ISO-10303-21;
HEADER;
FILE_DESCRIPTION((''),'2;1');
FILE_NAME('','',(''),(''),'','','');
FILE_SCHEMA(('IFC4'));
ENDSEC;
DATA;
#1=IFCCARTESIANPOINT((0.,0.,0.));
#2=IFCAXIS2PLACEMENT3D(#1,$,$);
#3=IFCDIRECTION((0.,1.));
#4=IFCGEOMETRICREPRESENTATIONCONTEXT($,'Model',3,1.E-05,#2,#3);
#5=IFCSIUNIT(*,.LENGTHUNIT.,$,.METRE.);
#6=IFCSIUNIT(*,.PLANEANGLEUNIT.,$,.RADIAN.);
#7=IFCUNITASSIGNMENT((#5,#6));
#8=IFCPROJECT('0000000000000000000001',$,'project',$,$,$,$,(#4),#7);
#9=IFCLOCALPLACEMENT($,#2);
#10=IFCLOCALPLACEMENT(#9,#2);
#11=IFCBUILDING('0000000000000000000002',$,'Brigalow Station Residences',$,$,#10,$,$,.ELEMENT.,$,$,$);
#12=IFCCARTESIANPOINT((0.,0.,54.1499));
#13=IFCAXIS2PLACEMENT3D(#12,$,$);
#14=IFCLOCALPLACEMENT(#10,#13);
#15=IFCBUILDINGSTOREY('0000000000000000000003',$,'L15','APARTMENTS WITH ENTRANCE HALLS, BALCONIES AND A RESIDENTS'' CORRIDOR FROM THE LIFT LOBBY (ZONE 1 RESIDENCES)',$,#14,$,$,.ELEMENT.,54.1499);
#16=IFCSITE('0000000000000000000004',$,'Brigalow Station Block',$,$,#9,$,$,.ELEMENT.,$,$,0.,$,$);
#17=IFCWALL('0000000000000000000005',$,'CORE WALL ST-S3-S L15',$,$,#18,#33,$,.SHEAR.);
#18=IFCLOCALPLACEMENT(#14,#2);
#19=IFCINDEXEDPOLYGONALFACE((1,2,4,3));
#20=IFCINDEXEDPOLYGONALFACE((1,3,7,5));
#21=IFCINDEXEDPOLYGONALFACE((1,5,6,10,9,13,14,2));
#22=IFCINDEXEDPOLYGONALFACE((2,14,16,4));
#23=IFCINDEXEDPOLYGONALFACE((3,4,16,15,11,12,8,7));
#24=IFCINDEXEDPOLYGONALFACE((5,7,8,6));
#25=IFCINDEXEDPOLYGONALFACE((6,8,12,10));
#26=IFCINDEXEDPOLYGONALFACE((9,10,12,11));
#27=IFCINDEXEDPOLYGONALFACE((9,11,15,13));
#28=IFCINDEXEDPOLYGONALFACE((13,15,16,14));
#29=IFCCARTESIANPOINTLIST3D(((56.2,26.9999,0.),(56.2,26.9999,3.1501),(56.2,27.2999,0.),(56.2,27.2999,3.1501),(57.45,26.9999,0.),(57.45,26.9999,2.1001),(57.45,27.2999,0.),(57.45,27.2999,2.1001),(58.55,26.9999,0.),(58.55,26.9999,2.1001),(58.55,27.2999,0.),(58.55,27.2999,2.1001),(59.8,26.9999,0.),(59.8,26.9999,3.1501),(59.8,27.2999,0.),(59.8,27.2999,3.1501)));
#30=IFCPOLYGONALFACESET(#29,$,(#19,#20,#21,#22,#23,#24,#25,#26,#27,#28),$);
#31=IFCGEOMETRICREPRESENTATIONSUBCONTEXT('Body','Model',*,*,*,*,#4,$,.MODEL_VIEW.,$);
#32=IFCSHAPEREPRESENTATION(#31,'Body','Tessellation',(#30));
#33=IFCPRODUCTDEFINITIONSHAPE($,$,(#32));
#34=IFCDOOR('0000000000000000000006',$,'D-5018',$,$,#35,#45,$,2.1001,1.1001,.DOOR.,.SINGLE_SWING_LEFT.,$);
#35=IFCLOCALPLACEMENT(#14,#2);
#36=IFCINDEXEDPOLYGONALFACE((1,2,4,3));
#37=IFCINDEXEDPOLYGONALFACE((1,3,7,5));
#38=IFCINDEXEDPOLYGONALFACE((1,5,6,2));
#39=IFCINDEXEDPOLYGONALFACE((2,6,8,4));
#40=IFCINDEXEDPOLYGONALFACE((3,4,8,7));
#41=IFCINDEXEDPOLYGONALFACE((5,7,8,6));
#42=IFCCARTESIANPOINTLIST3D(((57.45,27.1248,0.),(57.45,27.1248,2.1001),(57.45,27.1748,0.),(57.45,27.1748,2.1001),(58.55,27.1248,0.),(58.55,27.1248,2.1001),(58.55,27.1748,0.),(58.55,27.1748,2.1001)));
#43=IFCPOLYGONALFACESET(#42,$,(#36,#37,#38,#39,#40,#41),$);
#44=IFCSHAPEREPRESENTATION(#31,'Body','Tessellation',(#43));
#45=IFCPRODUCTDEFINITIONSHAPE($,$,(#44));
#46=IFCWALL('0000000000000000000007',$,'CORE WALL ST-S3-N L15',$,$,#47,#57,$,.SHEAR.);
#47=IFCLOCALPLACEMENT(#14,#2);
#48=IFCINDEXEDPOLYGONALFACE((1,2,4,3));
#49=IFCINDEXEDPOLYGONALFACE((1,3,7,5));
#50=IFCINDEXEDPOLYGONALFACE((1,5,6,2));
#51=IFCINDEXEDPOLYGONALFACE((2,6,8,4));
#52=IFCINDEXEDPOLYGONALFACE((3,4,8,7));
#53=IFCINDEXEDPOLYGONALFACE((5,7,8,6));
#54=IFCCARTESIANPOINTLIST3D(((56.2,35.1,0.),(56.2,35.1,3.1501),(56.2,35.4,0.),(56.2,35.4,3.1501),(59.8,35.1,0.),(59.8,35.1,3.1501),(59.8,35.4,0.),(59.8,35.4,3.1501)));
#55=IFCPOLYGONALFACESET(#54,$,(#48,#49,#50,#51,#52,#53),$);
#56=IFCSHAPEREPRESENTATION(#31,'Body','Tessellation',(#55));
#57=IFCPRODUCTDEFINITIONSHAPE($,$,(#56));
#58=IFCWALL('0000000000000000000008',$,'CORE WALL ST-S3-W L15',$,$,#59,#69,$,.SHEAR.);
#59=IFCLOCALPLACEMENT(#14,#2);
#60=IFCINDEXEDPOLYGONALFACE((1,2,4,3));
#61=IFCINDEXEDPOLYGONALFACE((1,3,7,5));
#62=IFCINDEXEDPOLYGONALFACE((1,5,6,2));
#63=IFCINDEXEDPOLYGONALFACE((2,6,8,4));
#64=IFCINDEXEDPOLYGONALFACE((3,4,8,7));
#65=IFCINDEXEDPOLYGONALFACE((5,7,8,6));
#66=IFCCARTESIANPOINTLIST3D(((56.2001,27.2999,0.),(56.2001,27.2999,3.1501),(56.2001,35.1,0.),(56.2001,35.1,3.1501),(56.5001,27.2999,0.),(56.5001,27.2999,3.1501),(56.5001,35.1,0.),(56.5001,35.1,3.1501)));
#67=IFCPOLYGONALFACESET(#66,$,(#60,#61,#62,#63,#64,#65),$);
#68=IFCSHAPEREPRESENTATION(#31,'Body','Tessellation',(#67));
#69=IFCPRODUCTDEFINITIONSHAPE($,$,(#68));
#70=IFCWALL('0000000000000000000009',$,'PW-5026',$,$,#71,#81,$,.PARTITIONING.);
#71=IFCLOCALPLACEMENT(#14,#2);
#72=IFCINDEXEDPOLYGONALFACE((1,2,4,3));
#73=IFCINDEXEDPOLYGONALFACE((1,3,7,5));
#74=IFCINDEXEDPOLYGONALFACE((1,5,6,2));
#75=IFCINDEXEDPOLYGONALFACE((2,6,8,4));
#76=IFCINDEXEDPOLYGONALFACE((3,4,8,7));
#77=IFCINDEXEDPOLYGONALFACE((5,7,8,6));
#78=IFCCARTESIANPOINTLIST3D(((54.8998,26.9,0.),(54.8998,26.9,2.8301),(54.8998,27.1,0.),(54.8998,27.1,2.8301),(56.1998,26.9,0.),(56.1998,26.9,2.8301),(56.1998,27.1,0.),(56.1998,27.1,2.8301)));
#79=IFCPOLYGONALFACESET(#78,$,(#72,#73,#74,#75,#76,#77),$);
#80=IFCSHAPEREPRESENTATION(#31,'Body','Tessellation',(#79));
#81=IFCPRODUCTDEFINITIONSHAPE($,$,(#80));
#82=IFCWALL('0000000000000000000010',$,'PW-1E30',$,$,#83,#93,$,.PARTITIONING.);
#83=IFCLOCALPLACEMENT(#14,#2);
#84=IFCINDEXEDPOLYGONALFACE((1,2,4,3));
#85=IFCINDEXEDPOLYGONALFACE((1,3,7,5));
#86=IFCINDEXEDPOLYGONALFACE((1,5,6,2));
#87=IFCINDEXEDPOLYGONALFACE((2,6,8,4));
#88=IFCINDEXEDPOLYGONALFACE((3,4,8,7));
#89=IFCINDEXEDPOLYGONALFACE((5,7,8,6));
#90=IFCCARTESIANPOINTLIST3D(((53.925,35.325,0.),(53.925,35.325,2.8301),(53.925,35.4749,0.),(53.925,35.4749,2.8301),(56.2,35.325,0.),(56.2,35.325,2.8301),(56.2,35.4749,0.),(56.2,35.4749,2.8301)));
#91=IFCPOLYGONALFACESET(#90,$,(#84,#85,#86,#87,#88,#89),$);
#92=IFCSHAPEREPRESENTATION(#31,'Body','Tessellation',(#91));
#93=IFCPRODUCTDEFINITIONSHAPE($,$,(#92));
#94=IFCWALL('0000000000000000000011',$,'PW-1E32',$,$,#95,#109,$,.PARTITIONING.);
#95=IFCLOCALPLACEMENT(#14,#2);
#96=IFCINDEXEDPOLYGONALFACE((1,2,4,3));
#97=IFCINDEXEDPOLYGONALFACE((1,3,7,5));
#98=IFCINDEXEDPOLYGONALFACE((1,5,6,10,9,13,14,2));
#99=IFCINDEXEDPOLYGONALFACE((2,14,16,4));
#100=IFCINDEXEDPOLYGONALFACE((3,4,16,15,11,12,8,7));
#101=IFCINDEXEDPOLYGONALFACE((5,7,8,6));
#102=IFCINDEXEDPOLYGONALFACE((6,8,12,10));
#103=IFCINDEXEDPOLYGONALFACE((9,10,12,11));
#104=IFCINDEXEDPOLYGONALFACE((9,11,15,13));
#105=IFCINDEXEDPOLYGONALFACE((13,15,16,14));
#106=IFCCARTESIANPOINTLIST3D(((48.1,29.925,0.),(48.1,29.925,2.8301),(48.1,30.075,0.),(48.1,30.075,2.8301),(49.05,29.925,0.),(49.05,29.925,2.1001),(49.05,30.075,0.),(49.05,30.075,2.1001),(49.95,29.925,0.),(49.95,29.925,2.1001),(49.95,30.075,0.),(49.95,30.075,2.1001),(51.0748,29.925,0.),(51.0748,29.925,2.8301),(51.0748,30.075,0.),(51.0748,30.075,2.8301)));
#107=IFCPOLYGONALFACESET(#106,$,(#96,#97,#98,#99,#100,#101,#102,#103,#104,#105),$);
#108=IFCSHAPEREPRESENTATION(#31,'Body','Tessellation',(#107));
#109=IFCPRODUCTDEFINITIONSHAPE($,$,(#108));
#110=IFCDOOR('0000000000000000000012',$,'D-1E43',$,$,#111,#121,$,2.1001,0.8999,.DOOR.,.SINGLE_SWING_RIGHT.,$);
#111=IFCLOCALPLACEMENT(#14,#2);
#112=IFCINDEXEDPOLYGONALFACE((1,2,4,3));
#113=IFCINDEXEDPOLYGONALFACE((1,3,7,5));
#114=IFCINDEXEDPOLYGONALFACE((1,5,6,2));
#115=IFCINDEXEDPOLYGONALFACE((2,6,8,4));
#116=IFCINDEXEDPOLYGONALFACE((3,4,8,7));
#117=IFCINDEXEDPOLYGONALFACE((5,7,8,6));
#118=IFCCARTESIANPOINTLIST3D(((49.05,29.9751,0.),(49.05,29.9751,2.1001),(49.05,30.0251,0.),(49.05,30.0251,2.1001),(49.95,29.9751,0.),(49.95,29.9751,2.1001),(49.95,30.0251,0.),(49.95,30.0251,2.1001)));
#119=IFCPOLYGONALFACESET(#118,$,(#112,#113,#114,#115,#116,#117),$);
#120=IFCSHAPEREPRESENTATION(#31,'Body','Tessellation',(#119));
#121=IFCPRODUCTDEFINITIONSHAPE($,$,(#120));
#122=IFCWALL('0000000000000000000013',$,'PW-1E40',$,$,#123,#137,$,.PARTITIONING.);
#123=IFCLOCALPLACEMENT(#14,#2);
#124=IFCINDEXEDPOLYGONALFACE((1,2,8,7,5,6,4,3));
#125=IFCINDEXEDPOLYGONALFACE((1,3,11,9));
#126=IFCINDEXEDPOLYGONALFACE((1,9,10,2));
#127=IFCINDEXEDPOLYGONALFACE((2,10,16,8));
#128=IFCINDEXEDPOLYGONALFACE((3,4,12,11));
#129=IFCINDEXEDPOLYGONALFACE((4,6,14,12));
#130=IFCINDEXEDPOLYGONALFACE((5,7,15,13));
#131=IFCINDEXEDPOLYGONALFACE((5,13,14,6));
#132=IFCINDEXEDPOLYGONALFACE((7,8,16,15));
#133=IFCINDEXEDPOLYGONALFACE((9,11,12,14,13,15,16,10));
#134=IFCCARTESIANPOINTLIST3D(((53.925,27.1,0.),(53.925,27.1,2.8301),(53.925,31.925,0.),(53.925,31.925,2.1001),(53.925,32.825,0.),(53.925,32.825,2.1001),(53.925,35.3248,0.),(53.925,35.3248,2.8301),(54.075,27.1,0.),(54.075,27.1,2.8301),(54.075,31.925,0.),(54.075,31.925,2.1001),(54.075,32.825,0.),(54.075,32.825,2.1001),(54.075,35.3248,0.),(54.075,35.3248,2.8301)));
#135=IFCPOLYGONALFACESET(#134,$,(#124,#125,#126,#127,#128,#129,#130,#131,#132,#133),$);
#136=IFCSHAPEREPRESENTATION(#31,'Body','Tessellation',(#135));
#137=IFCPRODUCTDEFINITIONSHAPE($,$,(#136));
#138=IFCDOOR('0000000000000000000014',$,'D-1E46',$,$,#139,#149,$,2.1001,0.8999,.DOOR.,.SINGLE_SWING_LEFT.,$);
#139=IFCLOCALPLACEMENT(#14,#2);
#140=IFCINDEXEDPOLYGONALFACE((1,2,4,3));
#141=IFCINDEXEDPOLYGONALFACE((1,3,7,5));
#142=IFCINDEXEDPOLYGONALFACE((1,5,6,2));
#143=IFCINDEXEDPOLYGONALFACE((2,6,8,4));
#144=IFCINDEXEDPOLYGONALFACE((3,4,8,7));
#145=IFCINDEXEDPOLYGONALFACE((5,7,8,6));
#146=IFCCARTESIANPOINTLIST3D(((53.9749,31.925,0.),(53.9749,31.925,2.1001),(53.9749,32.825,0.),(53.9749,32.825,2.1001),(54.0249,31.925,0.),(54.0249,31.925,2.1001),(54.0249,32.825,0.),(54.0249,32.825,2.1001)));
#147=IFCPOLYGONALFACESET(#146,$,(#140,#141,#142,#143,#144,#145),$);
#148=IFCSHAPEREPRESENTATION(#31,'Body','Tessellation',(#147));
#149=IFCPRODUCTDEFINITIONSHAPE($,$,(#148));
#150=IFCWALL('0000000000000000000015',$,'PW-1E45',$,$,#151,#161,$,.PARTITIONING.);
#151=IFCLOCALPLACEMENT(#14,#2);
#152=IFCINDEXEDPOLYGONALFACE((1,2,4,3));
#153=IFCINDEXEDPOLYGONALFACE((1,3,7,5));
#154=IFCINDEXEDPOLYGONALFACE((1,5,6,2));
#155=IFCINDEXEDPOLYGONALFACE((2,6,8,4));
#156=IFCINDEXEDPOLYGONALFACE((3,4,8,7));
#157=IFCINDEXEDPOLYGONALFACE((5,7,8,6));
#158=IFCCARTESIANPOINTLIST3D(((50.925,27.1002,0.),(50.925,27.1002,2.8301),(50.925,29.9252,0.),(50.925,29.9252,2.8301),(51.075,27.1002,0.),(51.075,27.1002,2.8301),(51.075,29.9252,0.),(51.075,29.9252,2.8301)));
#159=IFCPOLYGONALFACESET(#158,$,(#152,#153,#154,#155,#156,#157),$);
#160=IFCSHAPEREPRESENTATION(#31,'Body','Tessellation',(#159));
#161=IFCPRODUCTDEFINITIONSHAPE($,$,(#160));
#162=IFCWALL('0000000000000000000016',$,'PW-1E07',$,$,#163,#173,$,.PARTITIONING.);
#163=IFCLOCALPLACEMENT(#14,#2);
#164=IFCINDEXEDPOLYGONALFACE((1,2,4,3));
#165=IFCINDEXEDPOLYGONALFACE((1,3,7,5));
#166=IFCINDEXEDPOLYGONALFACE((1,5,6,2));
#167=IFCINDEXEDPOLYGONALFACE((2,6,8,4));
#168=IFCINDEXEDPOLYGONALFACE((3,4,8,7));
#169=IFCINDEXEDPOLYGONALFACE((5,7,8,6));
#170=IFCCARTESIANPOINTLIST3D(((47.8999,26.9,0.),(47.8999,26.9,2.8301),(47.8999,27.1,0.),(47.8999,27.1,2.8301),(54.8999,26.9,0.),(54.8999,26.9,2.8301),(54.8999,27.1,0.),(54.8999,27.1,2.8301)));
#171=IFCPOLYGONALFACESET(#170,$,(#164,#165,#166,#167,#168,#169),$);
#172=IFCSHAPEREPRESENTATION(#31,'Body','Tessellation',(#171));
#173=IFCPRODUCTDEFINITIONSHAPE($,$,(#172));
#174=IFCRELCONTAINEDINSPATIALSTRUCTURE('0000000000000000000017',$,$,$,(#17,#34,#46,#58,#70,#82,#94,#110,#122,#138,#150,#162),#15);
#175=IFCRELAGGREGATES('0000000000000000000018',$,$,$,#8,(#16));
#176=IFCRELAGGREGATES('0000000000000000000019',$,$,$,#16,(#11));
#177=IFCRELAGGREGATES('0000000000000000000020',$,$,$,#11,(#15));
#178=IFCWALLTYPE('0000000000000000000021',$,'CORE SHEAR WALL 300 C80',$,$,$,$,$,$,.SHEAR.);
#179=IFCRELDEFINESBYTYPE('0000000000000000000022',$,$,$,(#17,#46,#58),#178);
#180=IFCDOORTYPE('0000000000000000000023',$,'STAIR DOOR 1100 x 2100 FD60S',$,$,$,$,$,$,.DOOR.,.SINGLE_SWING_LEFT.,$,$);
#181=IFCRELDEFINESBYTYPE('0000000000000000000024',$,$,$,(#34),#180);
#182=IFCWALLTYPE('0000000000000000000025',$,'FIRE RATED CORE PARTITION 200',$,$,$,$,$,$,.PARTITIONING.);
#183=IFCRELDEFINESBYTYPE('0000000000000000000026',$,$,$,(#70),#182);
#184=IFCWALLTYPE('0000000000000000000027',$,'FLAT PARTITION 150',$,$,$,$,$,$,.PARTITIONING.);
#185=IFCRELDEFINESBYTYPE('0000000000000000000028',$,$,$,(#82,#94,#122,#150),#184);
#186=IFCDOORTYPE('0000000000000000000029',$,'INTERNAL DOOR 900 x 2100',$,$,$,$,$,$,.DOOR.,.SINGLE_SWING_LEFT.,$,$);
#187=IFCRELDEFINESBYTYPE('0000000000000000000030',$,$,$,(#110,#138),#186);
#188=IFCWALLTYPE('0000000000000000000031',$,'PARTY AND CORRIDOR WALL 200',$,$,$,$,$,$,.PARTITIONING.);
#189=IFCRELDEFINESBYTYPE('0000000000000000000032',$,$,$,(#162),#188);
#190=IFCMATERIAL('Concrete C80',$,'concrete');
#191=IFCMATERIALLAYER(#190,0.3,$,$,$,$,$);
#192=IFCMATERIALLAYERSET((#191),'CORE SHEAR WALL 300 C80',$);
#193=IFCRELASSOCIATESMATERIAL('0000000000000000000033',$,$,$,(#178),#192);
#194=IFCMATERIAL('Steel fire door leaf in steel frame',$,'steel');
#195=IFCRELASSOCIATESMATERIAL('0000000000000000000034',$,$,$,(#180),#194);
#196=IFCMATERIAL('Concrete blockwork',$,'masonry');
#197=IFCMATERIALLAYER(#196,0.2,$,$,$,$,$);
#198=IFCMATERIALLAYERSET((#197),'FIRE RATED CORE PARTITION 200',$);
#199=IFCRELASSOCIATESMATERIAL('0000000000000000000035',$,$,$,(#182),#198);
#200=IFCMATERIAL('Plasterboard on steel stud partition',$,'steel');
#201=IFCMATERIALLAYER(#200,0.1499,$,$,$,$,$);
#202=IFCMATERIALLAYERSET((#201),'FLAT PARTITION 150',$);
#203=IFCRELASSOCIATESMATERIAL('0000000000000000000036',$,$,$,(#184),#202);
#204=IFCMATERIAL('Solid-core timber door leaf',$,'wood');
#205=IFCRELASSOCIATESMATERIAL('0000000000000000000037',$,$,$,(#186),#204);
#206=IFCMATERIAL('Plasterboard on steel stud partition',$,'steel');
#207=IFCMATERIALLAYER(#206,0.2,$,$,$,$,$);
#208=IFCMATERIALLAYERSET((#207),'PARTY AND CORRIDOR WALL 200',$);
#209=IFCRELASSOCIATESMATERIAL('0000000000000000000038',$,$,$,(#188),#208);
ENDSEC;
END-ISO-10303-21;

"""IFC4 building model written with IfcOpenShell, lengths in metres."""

from ifc_helpers import new_model, si_unit, direction, frame, frame_2d, origin, place, context, subcontext, project, spatial, rectangle, extrude, material, layer, layer_set, type_object, element, fill, save


model = new_model("IFC4")

# Units and contexts
model_context = context("Model", 3, precision=1e-05, world=origin(), true_north=direction((0.0, 1.0)))
body_context = subcontext(model_context, "Body", "Model", "MODEL_VIEW")
ifc_project = project(units=[si_unit("LENGTHUNIT", "METRE"), si_unit("PLANEANGLEUNIT", "RADIAN")], contexts=[model_context])

# Site, building, storey
site_placement = place(None, origin())
site = spatial("IfcSite", under=ifc_project, at=site_placement, Name="Brigalow Station Block", CompositionType="ELEMENT", RefElevation=0.0)
building_placement = place(site_placement, origin())
building = spatial("IfcBuilding", under=site, at=building_placement, Name="Brigalow Station Residences", CompositionType="ELEMENT")
storey_placement = place(building_placement, frame((0.0, 0.0, 54.1499)))
storey = spatial("IfcBuildingStorey", under=building, at=storey_placement, Name="L15", Description="APARTMENTS WITH ENTRANCE HALLS, BALCONIES AND A RESIDENTS' CORRIDOR FROM THE LIFT LOBBY (ZONE 1 RESIDENCES)", CompositionType="ELEMENT", Elevation=54.1499)

# Wall, opening, door
ifc_material_1 = material(Name="Concrete C80", Category="concrete")
ifc_layer_1 = layer(ifc_material_1, 0.3)
ifc_layer_set_1 = layer_set([ifc_layer_1], Name="CORE SHEAR WALL 300 C80")
wall_type_1 = type_object("IfcWallType", Name="CORE SHEAR WALL 300 C80", PredefinedType="SHEAR", material=ifc_layer_set_1)
wall_1_placement = place(storey_placement, frame((56.2, 27.1499, 0.0), z_axis=(0.0, 0.0, 1.0), x_axis=(1.0, 0.0, 0.0)))
wall_1 = element("IfcWall", 1, at=wall_1_placement, inside=storey, type_object=wall_type_1, Name="CORE WALL ST-S3-S L15", PredefinedType="SHEAR", context=body_context, shape_type="SweptSolid", body=[
    extrude(rectangle(XDim=3.6001, YDim=0.3, at=frame_2d((1.8, 0.0))), origin(), (0.0, 0.0, 1.0), 3.1501),
])
opening_1_placement = place(wall_1_placement, frame((1.25, 0.0, 0.0)))
opening_1 = element("IfcOpeningElement", 2, at=opening_1_placement, cuts=wall_1, PredefinedType="OPENING", context=body_context, shape_type="SweptSolid", body=[
    extrude(rectangle(XDim=1.1001, YDim=2.1001, at=frame_2d((0.55, 1.05))), frame((0.0, 0.1602, 0.0), z_axis=(0.0, -1.0, 0.0), x_axis=(1.0, 0.0, 0.0)), (0.0, 0.0, 1.0), 0.3201),
])
ifc_material_2 = material(Name="Steel fire door leaf in steel frame", Category="steel")
door_type_1 = type_object("IfcDoorType", Name="STAIR DOOR 1100 x 2100 FD60S", OperationType="SINGLE_SWING_LEFT", PredefinedType="DOOR", material=ifc_material_2)
door_1_placement = place(opening_1_placement, origin())
door_1 = element("IfcDoor", 3, at=door_1_placement, inside=storey, type_object=door_type_1, Name="D-5018", OperationType="SINGLE_SWING_LEFT", OverallHeight=2.1001, OverallWidth=1.1001, PredefinedType="DOOR", context=body_context, shape_type="SweptSolid", body=[
    extrude(rectangle(XDim=1.1001, YDim=2.1001, at=frame_2d((0.55, 1.05))), frame((0.0, 0.0249, 0.0), z_axis=(0.0, -1.0, 0.0), x_axis=(1.0, 0.0, 0.0)), (0.0, 0.0, 1.0), 0.05),
])
fill(opening_1, door_1)

# Walls
wall_2_placement = place(storey_placement, frame((56.2, 35.25, 0.0), z_axis=(0.0, 0.0, 1.0), x_axis=(1.0, 0.0, 0.0)))
element("IfcWall", 4, at=wall_2_placement, inside=storey, type_object=wall_type_1, Name="CORE WALL ST-S3-N L15", PredefinedType="SHEAR", context=body_context, shape_type="SweptSolid", body=[
    extrude(rectangle(XDim=3.6001, YDim=0.3, at=frame_2d((1.8, 0.0))), origin(), (0.0, 0.0, 1.0), 3.1501),
])
wall_3_placement = place(storey_placement, frame((56.3501, 27.3, 0.0), z_axis=(0.0, 0.0, 1.0), x_axis=(0.0, 1.0, 0.0)))
element("IfcWall", 5, at=wall_3_placement, inside=storey, type_object=wall_type_1, Name="CORE WALL ST-S3-W L15", PredefinedType="SHEAR", context=body_context, shape_type="SweptSolid", body=[
    extrude(rectangle(XDim=7.8, YDim=0.3, at=frame_2d((3.8999, 0.0))), origin(), (0.0, 0.0, 1.0), 3.1501),
])
ifc_material_3 = material(Name="Concrete blockwork", Category="masonry")
ifc_layer_2 = layer(ifc_material_3, 0.2)
ifc_layer_set_2 = layer_set([ifc_layer_2], Name="FIRE RATED CORE PARTITION 200")
wall_type_2 = type_object("IfcWallType", Name="FIRE RATED CORE PARTITION 200", PredefinedType="PARTITIONING", material=ifc_layer_set_2)
wall_4_placement = place(storey_placement, frame((54.8999, 27.0, 0.0), z_axis=(0.0, 0.0, 1.0), x_axis=(1.0, 0.0, 0.0)))
element("IfcWall", 6, at=wall_4_placement, inside=storey, type_object=wall_type_2, Name="PW-5026", PredefinedType="PARTITIONING", context=body_context, shape_type="SweptSolid", body=[
    extrude(rectangle(XDim=1.3, YDim=0.2, at=frame_2d((0.6499, 0.0))), origin(), (0.0, 0.0, 1.0), 2.8301),
])
ifc_material_4 = material(Name="Plasterboard on steel stud partition", Category="steel")
ifc_layer_3 = layer(ifc_material_4, 0.1499)
ifc_layer_set_3 = layer_set([ifc_layer_3], Name="FLAT PARTITION 150")
wall_type_3 = type_object("IfcWallType", Name="FLAT PARTITION 150", PredefinedType="PARTITIONING", material=ifc_layer_set_3)
wall_5_placement = place(storey_placement, frame((53.925, 35.3999, 0.0), z_axis=(0.0, 0.0, 1.0), x_axis=(1.0, 0.0, 0.0)))
element("IfcWall", 7, at=wall_5_placement, inside=storey, type_object=wall_type_3, Name="PW-1E30", PredefinedType="PARTITIONING", context=body_context, shape_type="SweptSolid", body=[
    extrude(rectangle(XDim=2.2749, YDim=0.1499, at=frame_2d((1.1375, 0.0))), origin(), (0.0, 0.0, 1.0), 2.8301),
])

# Walls, openings, doors
wall_6_placement = place(storey_placement, frame((48.1001, 30.0, 0.0), z_axis=(0.0, 0.0, 1.0), x_axis=(1.0, 0.0, 0.0)))
wall_6 = element("IfcWall", 8, at=wall_6_placement, inside=storey, type_object=wall_type_3, Name="PW-1E32", PredefinedType="PARTITIONING", context=body_context, shape_type="SweptSolid", body=[
    extrude(rectangle(XDim=2.9749, YDim=0.1499, at=frame_2d((1.4873, 0.0))), origin(), (0.0, 0.0, 1.0), 2.8301),
])
opening_2_placement = place(wall_6_placement, frame((0.95, 0.0, 0.0)))
opening_2 = element("IfcOpeningElement", 9, at=opening_2_placement, cuts=wall_6, PredefinedType="OPENING", context=body_context, shape_type="SweptSolid", body=[
    extrude(rectangle(XDim=0.8999, YDim=2.1001, at=frame_2d((0.45, 1.05))), frame((0.0, 0.085, 0.0), z_axis=(0.0, -1.0, 0.0), x_axis=(1.0, 0.0, 0.0)), (0.0, 0.0, 1.0), 0.1699),
])
ifc_material_5 = material(Name="Solid-core timber door leaf", Category="wood")
door_type_2 = type_object("IfcDoorType", Name="INTERNAL DOOR 900 x 2100", OperationType="SINGLE_SWING_LEFT", PredefinedType="DOOR", material=ifc_material_5)
door_2_placement = place(opening_2_placement, frame((0.8999, 0.0, 0.0), z_axis=(0.0, 0.0, 1.0), x_axis=(-1.0, 0.0, 0.0)))
door_2 = element("IfcDoor", 10, at=door_2_placement, inside=storey, type_object=door_type_2, Name="D-1E43", OperationType="SINGLE_SWING_RIGHT", OverallHeight=2.1001, OverallWidth=0.8999, PredefinedType="DOOR", context=body_context, shape_type="SweptSolid", body=[
    extrude(rectangle(XDim=0.8999, YDim=2.1001, at=frame_2d((0.45, 1.05))), frame((0.0, 0.0249, 0.0), z_axis=(0.0, -1.0, 0.0), x_axis=(1.0, 0.0, 0.0)), (0.0, 0.0, 1.0), 0.05),
])
fill(opening_2, door_2)
wall_7_placement = place(storey_placement, frame((54.0, 27.1001, 0.0), z_axis=(0.0, 0.0, 1.0), x_axis=(0.0, 1.0, 0.0)))
wall_7 = element("IfcWall", 11, at=wall_7_placement, inside=storey, type_object=wall_type_3, Name="PW-1E40", PredefinedType="PARTITIONING", context=body_context, shape_type="SweptSolid", body=[
    extrude(rectangle(XDim=8.2249, YDim=0.1499, at=frame_2d((4.1123, 0.0))), origin(), (0.0, 0.0, 1.0), 2.8301),
])
opening_3_placement = place(wall_7_placement, frame((4.825, 0.0, 0.0)))
opening_3 = element("IfcOpeningElement", 12, at=opening_3_placement, cuts=wall_7, PredefinedType="OPENING", context=body_context, shape_type="SweptSolid", body=[
    extrude(rectangle(XDim=0.8999, YDim=2.1001, at=frame_2d((0.45, 1.05))), frame((0.0, 0.085, 0.0), z_axis=(0.0, -1.0, 0.0), x_axis=(1.0, 0.0, 0.0)), (0.0, 0.0, 1.0), 0.1699),
])
door_3_placement = place(opening_3_placement, frame((0.8999, 0.0, 0.0), z_axis=(0.0, 0.0, 1.0), x_axis=(-1.0, 0.0, 0.0)))
door_3 = element("IfcDoor", 13, at=door_3_placement, inside=storey, type_object=door_type_2, Name="D-1E46", OperationType="SINGLE_SWING_LEFT", OverallHeight=2.1001, OverallWidth=0.8999, PredefinedType="DOOR", context=body_context, shape_type="SweptSolid", body=[
    extrude(rectangle(XDim=0.8999, YDim=2.1001, at=frame_2d((0.45, 1.05))), frame((0.0, 0.0249, 0.0), z_axis=(0.0, -1.0, 0.0), x_axis=(1.0, 0.0, 0.0)), (0.0, 0.0, 1.0), 0.05),
])
fill(opening_3, door_3)

# Walls
wall_8_placement = place(storey_placement, frame((51.0, 27.1001, 0.0), z_axis=(0.0, 0.0, 1.0), x_axis=(0.0, 1.0, 0.0)))
element("IfcWall", 14, at=wall_8_placement, inside=storey, type_object=wall_type_3, Name="PW-1E45", PredefinedType="PARTITIONING", context=body_context, shape_type="SweptSolid", body=[
    extrude(rectangle(XDim=2.825, YDim=0.1499, at=frame_2d((1.4126, 0.0))), origin(), (0.0, 0.0, 1.0), 2.8301),
])
ifc_material_6 = material(Name="Plasterboard on steel stud partition", Category="steel")
ifc_layer_4 = layer(ifc_material_6, 0.2)
ifc_layer_set_4 = layer_set([ifc_layer_4], Name="PARTY AND CORRIDOR WALL 200")
wall_type_4 = type_object("IfcWallType", Name="PARTY AND CORRIDOR WALL 200", PredefinedType="PARTITIONING", material=ifc_layer_set_4)
wall_9_placement = place(storey_placement, frame((47.8999, 27.0, 0.0), z_axis=(0.0, 0.0, 1.0), x_axis=(1.0, 0.0, 0.0)))
element("IfcWall", 15, at=wall_9_placement, inside=storey, type_object=wall_type_4, Name="PW-1E07", PredefinedType="PARTITIONING", context=body_context, shape_type="SweptSolid", body=[
    extrude(rectangle(XDim=7.0, YDim=0.2, at=frame_2d((3.5, 0.0))), origin(), (0.0, 0.0, 1.0), 2.8301),
])

save(model, "model.ifc")
